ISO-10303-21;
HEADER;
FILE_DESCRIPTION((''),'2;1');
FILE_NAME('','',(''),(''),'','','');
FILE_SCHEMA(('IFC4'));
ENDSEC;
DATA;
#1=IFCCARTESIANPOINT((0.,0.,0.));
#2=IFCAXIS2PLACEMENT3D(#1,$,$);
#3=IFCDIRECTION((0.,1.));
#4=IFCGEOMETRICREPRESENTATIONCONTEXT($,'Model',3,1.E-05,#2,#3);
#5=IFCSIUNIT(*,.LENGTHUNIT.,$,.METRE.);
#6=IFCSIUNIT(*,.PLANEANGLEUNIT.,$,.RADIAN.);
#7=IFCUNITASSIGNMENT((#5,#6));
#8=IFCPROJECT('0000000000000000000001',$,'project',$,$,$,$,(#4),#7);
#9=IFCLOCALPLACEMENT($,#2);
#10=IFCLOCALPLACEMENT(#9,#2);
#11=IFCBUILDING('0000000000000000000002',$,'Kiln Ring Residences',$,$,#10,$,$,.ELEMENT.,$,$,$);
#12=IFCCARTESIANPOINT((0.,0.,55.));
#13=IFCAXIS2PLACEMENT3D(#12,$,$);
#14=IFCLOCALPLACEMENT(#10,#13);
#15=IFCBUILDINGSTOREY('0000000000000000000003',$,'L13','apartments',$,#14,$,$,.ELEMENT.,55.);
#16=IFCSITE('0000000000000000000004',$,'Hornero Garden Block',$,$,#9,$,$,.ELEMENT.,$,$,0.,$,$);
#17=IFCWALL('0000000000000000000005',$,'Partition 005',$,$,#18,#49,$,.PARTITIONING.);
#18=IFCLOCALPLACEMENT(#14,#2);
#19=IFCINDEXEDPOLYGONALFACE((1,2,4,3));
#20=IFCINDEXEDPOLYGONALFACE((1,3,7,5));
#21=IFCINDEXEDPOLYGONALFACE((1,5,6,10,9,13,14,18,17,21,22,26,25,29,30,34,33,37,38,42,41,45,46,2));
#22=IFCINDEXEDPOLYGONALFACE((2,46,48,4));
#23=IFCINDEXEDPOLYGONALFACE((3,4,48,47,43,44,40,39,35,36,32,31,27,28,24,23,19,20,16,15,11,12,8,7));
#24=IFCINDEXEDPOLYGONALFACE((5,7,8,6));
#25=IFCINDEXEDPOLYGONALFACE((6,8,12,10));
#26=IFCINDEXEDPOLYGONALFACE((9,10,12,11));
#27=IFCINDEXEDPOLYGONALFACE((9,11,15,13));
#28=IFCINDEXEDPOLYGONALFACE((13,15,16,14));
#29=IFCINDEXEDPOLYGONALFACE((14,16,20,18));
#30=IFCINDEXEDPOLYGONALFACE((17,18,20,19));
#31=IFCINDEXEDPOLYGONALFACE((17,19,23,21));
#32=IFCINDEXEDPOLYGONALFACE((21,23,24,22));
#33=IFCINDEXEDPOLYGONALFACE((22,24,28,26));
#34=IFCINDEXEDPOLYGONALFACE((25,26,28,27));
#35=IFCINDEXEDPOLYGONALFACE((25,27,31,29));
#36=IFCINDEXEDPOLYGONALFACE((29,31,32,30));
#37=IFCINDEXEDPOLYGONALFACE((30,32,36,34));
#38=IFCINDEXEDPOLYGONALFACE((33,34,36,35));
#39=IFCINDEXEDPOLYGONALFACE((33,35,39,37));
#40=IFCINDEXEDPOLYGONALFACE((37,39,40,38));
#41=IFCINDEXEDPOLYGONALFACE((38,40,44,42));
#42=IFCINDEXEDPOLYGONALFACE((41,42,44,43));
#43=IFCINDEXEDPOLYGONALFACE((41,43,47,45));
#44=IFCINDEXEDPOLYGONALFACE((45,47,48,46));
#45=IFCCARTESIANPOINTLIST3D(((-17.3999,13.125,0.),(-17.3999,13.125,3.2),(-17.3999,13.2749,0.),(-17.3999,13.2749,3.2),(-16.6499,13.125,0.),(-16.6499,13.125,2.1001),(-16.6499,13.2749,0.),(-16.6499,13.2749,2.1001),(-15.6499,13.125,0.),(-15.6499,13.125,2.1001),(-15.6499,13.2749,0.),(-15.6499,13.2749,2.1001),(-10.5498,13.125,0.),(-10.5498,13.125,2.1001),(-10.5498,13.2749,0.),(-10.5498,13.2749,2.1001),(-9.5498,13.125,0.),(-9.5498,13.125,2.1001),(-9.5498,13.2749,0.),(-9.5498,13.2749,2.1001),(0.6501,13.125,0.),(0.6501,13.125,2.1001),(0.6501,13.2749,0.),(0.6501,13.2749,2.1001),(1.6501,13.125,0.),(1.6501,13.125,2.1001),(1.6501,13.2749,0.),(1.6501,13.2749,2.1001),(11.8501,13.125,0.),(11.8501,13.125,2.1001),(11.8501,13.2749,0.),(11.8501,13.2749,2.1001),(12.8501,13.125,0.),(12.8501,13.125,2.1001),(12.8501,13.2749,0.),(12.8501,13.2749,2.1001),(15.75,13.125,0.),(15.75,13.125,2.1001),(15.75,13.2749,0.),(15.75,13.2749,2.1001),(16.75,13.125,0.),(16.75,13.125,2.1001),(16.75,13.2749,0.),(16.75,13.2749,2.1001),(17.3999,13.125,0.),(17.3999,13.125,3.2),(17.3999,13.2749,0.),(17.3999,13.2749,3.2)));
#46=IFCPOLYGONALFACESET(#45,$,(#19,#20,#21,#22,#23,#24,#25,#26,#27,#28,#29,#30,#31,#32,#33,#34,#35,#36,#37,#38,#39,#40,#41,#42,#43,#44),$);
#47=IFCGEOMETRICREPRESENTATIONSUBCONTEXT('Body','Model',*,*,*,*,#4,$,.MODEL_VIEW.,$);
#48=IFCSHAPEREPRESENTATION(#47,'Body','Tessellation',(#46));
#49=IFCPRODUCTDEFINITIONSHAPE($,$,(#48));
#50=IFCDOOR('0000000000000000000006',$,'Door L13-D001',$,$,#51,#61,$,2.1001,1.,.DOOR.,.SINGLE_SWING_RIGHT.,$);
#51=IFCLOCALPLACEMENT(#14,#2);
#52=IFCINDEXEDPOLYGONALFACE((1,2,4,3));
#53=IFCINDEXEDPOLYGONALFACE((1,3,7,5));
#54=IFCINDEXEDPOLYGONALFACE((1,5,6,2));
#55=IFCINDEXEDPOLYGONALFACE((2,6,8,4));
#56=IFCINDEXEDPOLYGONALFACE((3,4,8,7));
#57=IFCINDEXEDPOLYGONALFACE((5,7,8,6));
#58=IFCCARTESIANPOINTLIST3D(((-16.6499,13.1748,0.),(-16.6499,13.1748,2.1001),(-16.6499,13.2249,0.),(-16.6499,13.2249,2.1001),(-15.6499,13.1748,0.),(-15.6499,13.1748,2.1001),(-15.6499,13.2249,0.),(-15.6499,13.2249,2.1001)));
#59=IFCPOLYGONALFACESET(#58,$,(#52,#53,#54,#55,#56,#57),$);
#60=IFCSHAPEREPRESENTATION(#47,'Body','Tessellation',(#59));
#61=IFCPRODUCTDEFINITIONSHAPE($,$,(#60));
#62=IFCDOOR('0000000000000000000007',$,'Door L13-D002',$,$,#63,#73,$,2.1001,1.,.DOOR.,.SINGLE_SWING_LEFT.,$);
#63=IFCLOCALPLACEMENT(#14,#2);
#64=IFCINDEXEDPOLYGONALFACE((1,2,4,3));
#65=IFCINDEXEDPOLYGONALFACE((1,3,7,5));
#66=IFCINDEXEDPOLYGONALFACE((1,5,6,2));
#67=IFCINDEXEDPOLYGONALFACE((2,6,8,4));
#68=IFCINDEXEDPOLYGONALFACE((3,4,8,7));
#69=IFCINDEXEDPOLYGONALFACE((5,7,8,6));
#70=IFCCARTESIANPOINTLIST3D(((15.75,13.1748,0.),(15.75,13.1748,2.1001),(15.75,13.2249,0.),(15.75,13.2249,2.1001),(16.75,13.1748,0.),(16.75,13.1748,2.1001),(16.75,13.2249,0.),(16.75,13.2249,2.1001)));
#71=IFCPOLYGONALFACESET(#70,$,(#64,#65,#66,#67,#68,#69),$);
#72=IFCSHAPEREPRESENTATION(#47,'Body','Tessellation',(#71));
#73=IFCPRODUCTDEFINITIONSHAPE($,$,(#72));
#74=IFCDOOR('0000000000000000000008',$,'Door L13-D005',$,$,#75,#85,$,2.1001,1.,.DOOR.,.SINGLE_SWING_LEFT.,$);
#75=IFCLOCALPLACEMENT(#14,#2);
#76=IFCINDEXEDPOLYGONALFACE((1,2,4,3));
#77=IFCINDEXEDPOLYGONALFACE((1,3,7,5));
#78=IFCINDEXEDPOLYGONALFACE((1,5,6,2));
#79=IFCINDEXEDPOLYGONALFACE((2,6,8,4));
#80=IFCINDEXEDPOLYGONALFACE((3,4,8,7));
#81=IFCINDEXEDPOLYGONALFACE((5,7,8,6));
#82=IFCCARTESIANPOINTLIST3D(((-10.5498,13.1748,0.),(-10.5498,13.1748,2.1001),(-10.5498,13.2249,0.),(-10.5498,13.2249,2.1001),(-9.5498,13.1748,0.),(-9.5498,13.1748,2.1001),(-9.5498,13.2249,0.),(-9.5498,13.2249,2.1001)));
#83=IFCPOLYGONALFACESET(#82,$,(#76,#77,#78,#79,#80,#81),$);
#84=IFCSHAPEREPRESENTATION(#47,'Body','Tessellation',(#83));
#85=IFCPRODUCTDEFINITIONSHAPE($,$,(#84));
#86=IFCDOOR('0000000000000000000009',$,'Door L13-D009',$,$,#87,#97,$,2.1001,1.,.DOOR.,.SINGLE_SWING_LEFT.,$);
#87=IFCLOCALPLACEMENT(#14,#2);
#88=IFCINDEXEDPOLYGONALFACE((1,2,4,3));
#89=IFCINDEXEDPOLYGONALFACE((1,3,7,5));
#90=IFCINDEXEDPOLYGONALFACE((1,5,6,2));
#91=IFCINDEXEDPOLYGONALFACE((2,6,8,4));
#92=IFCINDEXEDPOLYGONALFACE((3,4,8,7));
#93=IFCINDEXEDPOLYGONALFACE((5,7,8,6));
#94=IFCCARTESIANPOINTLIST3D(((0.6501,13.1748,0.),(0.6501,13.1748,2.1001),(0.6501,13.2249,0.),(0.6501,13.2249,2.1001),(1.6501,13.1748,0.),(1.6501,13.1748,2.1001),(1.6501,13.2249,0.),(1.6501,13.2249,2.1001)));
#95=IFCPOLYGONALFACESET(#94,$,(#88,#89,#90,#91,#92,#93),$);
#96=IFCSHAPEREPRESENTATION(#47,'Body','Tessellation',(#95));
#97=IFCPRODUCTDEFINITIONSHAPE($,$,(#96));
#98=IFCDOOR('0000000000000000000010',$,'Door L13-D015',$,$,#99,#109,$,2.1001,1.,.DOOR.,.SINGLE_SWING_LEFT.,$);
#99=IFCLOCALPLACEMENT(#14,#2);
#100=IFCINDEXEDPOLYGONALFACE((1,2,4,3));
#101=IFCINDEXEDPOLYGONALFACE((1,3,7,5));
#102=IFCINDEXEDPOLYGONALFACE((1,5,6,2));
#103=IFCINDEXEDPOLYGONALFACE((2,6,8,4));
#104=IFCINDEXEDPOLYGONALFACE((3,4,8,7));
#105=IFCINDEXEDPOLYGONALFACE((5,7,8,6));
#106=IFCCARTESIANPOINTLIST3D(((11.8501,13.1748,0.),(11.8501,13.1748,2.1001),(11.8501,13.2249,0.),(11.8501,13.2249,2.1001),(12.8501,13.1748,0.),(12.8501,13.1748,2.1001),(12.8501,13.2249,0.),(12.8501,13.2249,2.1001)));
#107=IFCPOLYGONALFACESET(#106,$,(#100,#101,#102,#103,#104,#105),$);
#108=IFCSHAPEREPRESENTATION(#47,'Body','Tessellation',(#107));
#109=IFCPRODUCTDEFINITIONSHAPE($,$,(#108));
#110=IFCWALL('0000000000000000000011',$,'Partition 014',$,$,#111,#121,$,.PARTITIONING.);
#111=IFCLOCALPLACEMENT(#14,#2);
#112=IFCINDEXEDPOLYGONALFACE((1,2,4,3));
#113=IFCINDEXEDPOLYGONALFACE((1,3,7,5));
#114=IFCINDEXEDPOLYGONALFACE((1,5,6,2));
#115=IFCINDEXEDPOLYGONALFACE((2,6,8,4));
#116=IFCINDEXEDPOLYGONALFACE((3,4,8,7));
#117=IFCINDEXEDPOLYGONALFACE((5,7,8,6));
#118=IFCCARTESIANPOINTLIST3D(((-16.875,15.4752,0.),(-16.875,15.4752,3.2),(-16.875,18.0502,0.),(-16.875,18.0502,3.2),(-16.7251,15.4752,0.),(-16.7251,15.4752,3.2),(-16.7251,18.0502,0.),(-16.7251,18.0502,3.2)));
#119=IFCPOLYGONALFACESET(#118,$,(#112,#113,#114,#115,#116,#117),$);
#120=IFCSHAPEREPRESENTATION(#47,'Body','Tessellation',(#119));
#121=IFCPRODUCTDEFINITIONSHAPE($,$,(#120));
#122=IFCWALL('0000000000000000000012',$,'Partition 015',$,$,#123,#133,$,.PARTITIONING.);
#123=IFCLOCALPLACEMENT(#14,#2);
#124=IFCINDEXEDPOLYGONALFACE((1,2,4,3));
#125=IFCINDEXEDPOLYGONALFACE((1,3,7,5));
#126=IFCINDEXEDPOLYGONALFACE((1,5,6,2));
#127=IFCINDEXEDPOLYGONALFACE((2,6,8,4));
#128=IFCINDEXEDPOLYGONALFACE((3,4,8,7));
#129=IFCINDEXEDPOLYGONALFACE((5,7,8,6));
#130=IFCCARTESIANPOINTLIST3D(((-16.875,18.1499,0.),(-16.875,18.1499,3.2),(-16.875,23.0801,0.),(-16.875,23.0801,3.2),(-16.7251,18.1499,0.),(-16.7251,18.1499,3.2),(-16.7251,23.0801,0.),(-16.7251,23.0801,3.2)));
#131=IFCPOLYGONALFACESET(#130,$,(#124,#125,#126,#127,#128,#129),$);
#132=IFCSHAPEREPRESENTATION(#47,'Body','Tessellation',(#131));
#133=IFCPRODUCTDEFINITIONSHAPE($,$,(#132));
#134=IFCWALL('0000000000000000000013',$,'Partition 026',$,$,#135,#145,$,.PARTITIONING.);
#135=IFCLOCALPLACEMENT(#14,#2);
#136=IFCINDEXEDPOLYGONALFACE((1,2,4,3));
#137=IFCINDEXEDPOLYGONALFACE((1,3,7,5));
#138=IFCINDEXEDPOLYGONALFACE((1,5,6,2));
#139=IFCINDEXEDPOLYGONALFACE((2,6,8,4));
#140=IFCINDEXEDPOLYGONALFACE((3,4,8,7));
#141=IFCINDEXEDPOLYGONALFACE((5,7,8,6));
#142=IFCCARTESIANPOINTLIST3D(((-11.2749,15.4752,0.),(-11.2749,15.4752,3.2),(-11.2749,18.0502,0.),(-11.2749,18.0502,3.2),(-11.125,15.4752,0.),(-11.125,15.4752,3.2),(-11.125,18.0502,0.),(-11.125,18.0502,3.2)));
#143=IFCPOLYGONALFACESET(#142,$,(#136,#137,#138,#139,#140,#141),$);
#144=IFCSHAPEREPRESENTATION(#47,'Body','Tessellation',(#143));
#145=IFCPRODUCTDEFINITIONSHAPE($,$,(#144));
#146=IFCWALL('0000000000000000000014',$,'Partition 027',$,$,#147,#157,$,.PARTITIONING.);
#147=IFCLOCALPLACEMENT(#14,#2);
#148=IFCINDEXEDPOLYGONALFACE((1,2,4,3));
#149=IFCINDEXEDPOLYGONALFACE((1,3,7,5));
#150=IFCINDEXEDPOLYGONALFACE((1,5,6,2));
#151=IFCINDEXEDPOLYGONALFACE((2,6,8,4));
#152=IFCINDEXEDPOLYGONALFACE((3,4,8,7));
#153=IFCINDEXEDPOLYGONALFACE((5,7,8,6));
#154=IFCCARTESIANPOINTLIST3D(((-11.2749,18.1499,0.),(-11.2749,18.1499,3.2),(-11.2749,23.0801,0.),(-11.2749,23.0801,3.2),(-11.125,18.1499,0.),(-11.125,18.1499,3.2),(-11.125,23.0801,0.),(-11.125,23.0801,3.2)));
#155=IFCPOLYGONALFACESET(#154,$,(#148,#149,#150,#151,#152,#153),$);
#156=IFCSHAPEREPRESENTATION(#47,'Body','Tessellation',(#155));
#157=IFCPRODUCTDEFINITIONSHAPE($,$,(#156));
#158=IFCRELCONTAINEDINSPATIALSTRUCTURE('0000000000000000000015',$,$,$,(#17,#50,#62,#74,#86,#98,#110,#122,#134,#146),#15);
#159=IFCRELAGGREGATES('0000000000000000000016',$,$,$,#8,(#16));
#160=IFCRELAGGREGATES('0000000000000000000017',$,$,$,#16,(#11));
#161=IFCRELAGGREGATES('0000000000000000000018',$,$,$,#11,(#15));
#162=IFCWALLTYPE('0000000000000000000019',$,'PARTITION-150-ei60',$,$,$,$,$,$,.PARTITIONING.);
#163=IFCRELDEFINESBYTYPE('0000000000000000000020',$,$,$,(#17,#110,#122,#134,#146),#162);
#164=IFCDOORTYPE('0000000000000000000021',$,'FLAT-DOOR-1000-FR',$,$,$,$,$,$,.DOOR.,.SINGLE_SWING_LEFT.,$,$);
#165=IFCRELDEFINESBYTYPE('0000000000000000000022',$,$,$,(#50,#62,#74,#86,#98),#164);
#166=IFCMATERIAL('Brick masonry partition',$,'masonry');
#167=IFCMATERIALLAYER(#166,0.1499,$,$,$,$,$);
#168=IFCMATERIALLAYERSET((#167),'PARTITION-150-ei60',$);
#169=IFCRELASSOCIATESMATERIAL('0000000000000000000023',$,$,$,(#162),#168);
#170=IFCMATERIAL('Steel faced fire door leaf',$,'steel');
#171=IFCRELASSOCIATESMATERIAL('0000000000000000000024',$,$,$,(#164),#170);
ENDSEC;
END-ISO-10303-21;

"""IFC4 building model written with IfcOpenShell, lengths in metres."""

from ifc_helpers import new_model, si_unit, direction, frame, frame_2d, origin, place, context, subcontext, project, spatial, rectangle, extrude, material, layer, layer_set, type_object, element, fill, save


model = new_model("IFC4")

# Units and contexts
model_context = context("Model", 3, precision=1e-05, world=origin(), true_north=direction((0.0, 1.0)))
body_context = subcontext(model_context, "Body", "Model", "MODEL_VIEW")
ifc_project = project(units=[si_unit("LENGTHUNIT", "METRE"), si_unit("PLANEANGLEUNIT", "RADIAN")], contexts=[model_context])

# Site, building, storey
site_placement = place(None, origin())
site = spatial("IfcSite", under=ifc_project, at=site_placement, Name="Hornero Garden Block", CompositionType="ELEMENT", RefElevation=0.0)
building_placement = place(site_placement, origin())
building = spatial("IfcBuilding", under=site, at=building_placement, Name="Kiln Ring Residences", CompositionType="ELEMENT")
storey_placement = place(building_placement, frame((0.0, 0.0, 55.0)))
storey = spatial("IfcBuildingStorey", under=building, at=storey_placement, Name="L13", Description="apartments", CompositionType="ELEMENT", Elevation=55.0)

# Wall, openings, doors
ifc_material_1 = material(Name="Brick masonry partition", Category="masonry")
ifc_layer_1 = layer(ifc_material_1, 0.1499)
ifc_layer_set_1 = layer_set([ifc_layer_1], Name="PARTITION-150-ei60")
wall_type_1 = type_object("IfcWallType", Name="PARTITION-150-ei60", PredefinedType="PARTITIONING", material=ifc_layer_set_1)
wall_1_placement = place(storey_placement, frame((-17.3999, 13.2, 0.0), z_axis=(0.0, 0.0, 1.0), x_axis=(1.0, 0.0, 0.0)))
wall_1 = element("IfcWall", 1, at=wall_1_placement, inside=storey, type_object=wall_type_1, Name="Partition 005", PredefinedType="PARTITIONING", context=body_context, shape_type="SweptSolid", body=[
    extrude(rectangle(XDim=34.7998, YDim=0.1499, at=frame_2d((17.3999, 0.0))), origin(), (0.0, 0.0, 1.0), 3.2),
])
opening_1_placement = place(wall_1_placement, frame((0.75, 0.0, 0.0)))
opening_1 = element("IfcOpeningElement", 2, at=opening_1_placement, cuts=wall_1, PredefinedType="OPENING", context=body_context, shape_type="SweptSolid", body=[
    extrude(rectangle(XDim=1.0, YDim=2.1001, at=frame_2d((0.5, 1.05))), frame((0.0, 0.085, 0.0), z_axis=(0.0, -1.0, 0.0), x_axis=(1.0, 0.0, 0.0)), (0.0, 0.0, 1.0), 0.1699),
])
opening_2_placement = place(wall_1_placement, frame((33.1499, 0.0, 0.0)))
opening_2 = element("IfcOpeningElement", 3, at=opening_2_placement, cuts=wall_1, PredefinedType="OPENING", context=body_context, shape_type="SweptSolid", body=[
    extrude(rectangle(XDim=1.0, YDim=2.1001, at=frame_2d((0.5, 1.05))), frame((0.0, 0.085, 0.0), z_axis=(0.0, -1.0, 0.0), x_axis=(1.0, 0.0, 0.0)), (0.0, 0.0, 1.0), 0.1699),
])
opening_3_placement = place(wall_1_placement, frame((6.8501, 0.0, 0.0)))
opening_3 = element("IfcOpeningElement", 4, at=opening_3_placement, cuts=wall_1, PredefinedType="OPENING", context=body_context, shape_type="SweptSolid", body=[
    extrude(rectangle(XDim=1.0, YDim=2.1001, at=frame_2d((0.5, 1.05))), frame((0.0, 0.085, 0.0), z_axis=(0.0, -1.0, 0.0), x_axis=(1.0, 0.0, 0.0)), (0.0, 0.0, 1.0), 0.1699),
])
opening_4_placement = place(wall_1_placement, frame((18.05, 0.0, 0.0)))
opening_4 = element("IfcOpeningElement", 5, at=opening_4_placement, cuts=wall_1, PredefinedType="OPENING", context=body_context, shape_type="SweptSolid", body=[
    extrude(rectangle(XDim=1.0, YDim=2.1001, at=frame_2d((0.5, 1.05))), frame((0.0, 0.085, 0.0), z_axis=(0.0, -1.0, 0.0), x_axis=(1.0, 0.0, 0.0)), (0.0, 0.0, 1.0), 0.1699),
])
opening_5_placement = place(wall_1_placement, frame((29.25, 0.0, 0.0)))
opening_5 = element("IfcOpeningElement", 6, at=opening_5_placement, cuts=wall_1, PredefinedType="OPENING", context=body_context, shape_type="SweptSolid", body=[
    extrude(rectangle(XDim=1.0, YDim=2.1001, at=frame_2d((0.5, 1.05))), frame((0.0, 0.085, 0.0), z_axis=(0.0, -1.0, 0.0), x_axis=(1.0, 0.0, 0.0)), (0.0, 0.0, 1.0), 0.1699),
])
ifc_material_2 = material(Name="Steel faced fire door leaf", Category="steel")
door_type_1 = type_object("IfcDoorType", Name="FLAT-DOOR-1000-FR", OperationType="SINGLE_SWING_LEFT", PredefinedType="DOOR", material=ifc_material_2)
door_1_placement = place(opening_1_placement, origin())
door_1 = element("IfcDoor", 7, at=door_1_placement, inside=storey, type_object=door_type_1, Name="Door L13-D001", OperationType="SINGLE_SWING_RIGHT", OverallHeight=2.1001, OverallWidth=1.0, PredefinedType="DOOR", context=body_context, shape_type="SweptSolid", body=[
    extrude(rectangle(XDim=1.0, YDim=2.1001, at=frame_2d((0.5, 1.05))), frame((0.0, 0.0249, 0.0), z_axis=(0.0, -1.0, 0.0), x_axis=(1.0, 0.0, 0.0)), (0.0, 0.0, 1.0), 0.05),
])
fill(opening_1, door_1)
door_2_placement = place(opening_2_placement, origin())
door_2 = element("IfcDoor", 8, at=door_2_placement, inside=storey, type_object=door_type_1, Name="Door L13-D002", OperationType="SINGLE_SWING_LEFT", OverallHeight=2.1001, OverallWidth=1.0, PredefinedType="DOOR", context=body_context, shape_type="SweptSolid", body=[
    extrude(rectangle(XDim=1.0, YDim=2.1001, at=frame_2d((0.5, 1.05))), frame((0.0, 0.0249, 0.0), z_axis=(0.0, -1.0, 0.0), x_axis=(1.0, 0.0, 0.0)), (0.0, 0.0, 1.0), 0.05),
])
fill(opening_2, door_2)
door_3_placement = place(opening_3_placement, origin())
door_3 = element("IfcDoor", 9, at=door_3_placement, inside=storey, type_object=door_type_1, Name="Door L13-D005", OperationType="SINGLE_SWING_LEFT", OverallHeight=2.1001, OverallWidth=1.0, PredefinedType="DOOR", context=body_context, shape_type="SweptSolid", body=[
    extrude(rectangle(XDim=1.0, YDim=2.1001, at=frame_2d((0.5, 1.05))), frame((0.0, 0.0249, 0.0), z_axis=(0.0, -1.0, 0.0), x_axis=(1.0, 0.0, 0.0)), (0.0, 0.0, 1.0), 0.05),
])
fill(opening_3, door_3)
door_4_placement = place(opening_4_placement, origin())
door_4 = element("IfcDoor", 10, at=door_4_placement, inside=storey, type_object=door_type_1, Name="Door L13-D009", OperationType="SINGLE_SWING_LEFT", OverallHeight=2.1001, OverallWidth=1.0, PredefinedType="DOOR", context=body_context, shape_type="SweptSolid", body=[
    extrude(rectangle(XDim=1.0, YDim=2.1001, at=frame_2d((0.5, 1.05))), frame((0.0, 0.0249, 0.0), z_axis=(0.0, -1.0, 0.0), x_axis=(1.0, 0.0, 0.0)), (0.0, 0.0, 1.0), 0.05),
])
fill(opening_4, door_4)
door_5_placement = place(opening_5_placement, origin())
door_5 = element("IfcDoor", 11, at=door_5_placement, inside=storey, type_object=door_type_1, Name="Door L13-D015", OperationType="SINGLE_SWING_LEFT", OverallHeight=2.1001, OverallWidth=1.0, PredefinedType="DOOR", context=body_context, shape_type="SweptSolid", body=[
    extrude(rectangle(XDim=1.0, YDim=2.1001, at=frame_2d((0.5, 1.05))), frame((0.0, 0.0249, 0.0), z_axis=(0.0, -1.0, 0.0), x_axis=(1.0, 0.0, 0.0)), (0.0, 0.0, 1.0), 0.05),
])
fill(opening_5, door_5)

# Walls
wall_2_placement = place(storey_placement, frame((-16.8, 15.4751, 0.0), z_axis=(0.0, 0.0, 1.0), x_axis=(0.0, 1.0, 0.0)))
element("IfcWall", 12, at=wall_2_placement, inside=storey, type_object=wall_type_1, Name="Partition 014", PredefinedType="PARTITIONING", context=body_context, shape_type="SweptSolid", body=[
    extrude(rectangle(XDim=2.575, YDim=0.1499, at=frame_2d((1.2876, 0.0))), origin(), (0.0, 0.0, 1.0), 3.2),
])
wall_3_placement = place(storey_placement, frame((-16.8, 18.1499, 0.0), z_axis=(0.0, 0.0, 1.0), x_axis=(0.0, 1.0, 0.0)))
element("IfcWall", 13, at=wall_3_placement, inside=storey, type_object=wall_type_1, Name="Partition 015", PredefinedType="PARTITIONING", context=body_context, shape_type="SweptSolid", body=[
    extrude(rectangle(XDim=4.9302, YDim=0.1499, at=frame_2d((2.4651, 0.0))), origin(), (0.0, 0.0, 1.0), 3.2),
])
wall_4_placement = place(storey_placement, frame((-11.2, 15.4751, 0.0), z_axis=(0.0, 0.0, 1.0), x_axis=(0.0, 1.0, 0.0)))
element("IfcWall", 14, at=wall_4_placement, inside=storey, type_object=wall_type_1, Name="Partition 026", PredefinedType="PARTITIONING", context=body_context, shape_type="SweptSolid", body=[
    extrude(rectangle(XDim=2.575, YDim=0.1499, at=frame_2d((1.2876, 0.0))), origin(), (0.0, 0.0, 1.0), 3.2),
])
wall_5_placement = place(storey_placement, frame((-11.2, 18.1499, 0.0), z_axis=(0.0, 0.0, 1.0), x_axis=(0.0, 1.0, 0.0)))
element("IfcWall", 15, at=wall_5_placement, inside=storey, type_object=wall_type_1, Name="Partition 027", PredefinedType="PARTITIONING", context=body_context, shape_type="SweptSolid", body=[
    extrude(rectangle(XDim=4.9302, YDim=0.1499, at=frame_2d((2.4651, 0.0))), origin(), (0.0, 0.0, 1.0), 3.2),
])

save(model, "model.ifc")
